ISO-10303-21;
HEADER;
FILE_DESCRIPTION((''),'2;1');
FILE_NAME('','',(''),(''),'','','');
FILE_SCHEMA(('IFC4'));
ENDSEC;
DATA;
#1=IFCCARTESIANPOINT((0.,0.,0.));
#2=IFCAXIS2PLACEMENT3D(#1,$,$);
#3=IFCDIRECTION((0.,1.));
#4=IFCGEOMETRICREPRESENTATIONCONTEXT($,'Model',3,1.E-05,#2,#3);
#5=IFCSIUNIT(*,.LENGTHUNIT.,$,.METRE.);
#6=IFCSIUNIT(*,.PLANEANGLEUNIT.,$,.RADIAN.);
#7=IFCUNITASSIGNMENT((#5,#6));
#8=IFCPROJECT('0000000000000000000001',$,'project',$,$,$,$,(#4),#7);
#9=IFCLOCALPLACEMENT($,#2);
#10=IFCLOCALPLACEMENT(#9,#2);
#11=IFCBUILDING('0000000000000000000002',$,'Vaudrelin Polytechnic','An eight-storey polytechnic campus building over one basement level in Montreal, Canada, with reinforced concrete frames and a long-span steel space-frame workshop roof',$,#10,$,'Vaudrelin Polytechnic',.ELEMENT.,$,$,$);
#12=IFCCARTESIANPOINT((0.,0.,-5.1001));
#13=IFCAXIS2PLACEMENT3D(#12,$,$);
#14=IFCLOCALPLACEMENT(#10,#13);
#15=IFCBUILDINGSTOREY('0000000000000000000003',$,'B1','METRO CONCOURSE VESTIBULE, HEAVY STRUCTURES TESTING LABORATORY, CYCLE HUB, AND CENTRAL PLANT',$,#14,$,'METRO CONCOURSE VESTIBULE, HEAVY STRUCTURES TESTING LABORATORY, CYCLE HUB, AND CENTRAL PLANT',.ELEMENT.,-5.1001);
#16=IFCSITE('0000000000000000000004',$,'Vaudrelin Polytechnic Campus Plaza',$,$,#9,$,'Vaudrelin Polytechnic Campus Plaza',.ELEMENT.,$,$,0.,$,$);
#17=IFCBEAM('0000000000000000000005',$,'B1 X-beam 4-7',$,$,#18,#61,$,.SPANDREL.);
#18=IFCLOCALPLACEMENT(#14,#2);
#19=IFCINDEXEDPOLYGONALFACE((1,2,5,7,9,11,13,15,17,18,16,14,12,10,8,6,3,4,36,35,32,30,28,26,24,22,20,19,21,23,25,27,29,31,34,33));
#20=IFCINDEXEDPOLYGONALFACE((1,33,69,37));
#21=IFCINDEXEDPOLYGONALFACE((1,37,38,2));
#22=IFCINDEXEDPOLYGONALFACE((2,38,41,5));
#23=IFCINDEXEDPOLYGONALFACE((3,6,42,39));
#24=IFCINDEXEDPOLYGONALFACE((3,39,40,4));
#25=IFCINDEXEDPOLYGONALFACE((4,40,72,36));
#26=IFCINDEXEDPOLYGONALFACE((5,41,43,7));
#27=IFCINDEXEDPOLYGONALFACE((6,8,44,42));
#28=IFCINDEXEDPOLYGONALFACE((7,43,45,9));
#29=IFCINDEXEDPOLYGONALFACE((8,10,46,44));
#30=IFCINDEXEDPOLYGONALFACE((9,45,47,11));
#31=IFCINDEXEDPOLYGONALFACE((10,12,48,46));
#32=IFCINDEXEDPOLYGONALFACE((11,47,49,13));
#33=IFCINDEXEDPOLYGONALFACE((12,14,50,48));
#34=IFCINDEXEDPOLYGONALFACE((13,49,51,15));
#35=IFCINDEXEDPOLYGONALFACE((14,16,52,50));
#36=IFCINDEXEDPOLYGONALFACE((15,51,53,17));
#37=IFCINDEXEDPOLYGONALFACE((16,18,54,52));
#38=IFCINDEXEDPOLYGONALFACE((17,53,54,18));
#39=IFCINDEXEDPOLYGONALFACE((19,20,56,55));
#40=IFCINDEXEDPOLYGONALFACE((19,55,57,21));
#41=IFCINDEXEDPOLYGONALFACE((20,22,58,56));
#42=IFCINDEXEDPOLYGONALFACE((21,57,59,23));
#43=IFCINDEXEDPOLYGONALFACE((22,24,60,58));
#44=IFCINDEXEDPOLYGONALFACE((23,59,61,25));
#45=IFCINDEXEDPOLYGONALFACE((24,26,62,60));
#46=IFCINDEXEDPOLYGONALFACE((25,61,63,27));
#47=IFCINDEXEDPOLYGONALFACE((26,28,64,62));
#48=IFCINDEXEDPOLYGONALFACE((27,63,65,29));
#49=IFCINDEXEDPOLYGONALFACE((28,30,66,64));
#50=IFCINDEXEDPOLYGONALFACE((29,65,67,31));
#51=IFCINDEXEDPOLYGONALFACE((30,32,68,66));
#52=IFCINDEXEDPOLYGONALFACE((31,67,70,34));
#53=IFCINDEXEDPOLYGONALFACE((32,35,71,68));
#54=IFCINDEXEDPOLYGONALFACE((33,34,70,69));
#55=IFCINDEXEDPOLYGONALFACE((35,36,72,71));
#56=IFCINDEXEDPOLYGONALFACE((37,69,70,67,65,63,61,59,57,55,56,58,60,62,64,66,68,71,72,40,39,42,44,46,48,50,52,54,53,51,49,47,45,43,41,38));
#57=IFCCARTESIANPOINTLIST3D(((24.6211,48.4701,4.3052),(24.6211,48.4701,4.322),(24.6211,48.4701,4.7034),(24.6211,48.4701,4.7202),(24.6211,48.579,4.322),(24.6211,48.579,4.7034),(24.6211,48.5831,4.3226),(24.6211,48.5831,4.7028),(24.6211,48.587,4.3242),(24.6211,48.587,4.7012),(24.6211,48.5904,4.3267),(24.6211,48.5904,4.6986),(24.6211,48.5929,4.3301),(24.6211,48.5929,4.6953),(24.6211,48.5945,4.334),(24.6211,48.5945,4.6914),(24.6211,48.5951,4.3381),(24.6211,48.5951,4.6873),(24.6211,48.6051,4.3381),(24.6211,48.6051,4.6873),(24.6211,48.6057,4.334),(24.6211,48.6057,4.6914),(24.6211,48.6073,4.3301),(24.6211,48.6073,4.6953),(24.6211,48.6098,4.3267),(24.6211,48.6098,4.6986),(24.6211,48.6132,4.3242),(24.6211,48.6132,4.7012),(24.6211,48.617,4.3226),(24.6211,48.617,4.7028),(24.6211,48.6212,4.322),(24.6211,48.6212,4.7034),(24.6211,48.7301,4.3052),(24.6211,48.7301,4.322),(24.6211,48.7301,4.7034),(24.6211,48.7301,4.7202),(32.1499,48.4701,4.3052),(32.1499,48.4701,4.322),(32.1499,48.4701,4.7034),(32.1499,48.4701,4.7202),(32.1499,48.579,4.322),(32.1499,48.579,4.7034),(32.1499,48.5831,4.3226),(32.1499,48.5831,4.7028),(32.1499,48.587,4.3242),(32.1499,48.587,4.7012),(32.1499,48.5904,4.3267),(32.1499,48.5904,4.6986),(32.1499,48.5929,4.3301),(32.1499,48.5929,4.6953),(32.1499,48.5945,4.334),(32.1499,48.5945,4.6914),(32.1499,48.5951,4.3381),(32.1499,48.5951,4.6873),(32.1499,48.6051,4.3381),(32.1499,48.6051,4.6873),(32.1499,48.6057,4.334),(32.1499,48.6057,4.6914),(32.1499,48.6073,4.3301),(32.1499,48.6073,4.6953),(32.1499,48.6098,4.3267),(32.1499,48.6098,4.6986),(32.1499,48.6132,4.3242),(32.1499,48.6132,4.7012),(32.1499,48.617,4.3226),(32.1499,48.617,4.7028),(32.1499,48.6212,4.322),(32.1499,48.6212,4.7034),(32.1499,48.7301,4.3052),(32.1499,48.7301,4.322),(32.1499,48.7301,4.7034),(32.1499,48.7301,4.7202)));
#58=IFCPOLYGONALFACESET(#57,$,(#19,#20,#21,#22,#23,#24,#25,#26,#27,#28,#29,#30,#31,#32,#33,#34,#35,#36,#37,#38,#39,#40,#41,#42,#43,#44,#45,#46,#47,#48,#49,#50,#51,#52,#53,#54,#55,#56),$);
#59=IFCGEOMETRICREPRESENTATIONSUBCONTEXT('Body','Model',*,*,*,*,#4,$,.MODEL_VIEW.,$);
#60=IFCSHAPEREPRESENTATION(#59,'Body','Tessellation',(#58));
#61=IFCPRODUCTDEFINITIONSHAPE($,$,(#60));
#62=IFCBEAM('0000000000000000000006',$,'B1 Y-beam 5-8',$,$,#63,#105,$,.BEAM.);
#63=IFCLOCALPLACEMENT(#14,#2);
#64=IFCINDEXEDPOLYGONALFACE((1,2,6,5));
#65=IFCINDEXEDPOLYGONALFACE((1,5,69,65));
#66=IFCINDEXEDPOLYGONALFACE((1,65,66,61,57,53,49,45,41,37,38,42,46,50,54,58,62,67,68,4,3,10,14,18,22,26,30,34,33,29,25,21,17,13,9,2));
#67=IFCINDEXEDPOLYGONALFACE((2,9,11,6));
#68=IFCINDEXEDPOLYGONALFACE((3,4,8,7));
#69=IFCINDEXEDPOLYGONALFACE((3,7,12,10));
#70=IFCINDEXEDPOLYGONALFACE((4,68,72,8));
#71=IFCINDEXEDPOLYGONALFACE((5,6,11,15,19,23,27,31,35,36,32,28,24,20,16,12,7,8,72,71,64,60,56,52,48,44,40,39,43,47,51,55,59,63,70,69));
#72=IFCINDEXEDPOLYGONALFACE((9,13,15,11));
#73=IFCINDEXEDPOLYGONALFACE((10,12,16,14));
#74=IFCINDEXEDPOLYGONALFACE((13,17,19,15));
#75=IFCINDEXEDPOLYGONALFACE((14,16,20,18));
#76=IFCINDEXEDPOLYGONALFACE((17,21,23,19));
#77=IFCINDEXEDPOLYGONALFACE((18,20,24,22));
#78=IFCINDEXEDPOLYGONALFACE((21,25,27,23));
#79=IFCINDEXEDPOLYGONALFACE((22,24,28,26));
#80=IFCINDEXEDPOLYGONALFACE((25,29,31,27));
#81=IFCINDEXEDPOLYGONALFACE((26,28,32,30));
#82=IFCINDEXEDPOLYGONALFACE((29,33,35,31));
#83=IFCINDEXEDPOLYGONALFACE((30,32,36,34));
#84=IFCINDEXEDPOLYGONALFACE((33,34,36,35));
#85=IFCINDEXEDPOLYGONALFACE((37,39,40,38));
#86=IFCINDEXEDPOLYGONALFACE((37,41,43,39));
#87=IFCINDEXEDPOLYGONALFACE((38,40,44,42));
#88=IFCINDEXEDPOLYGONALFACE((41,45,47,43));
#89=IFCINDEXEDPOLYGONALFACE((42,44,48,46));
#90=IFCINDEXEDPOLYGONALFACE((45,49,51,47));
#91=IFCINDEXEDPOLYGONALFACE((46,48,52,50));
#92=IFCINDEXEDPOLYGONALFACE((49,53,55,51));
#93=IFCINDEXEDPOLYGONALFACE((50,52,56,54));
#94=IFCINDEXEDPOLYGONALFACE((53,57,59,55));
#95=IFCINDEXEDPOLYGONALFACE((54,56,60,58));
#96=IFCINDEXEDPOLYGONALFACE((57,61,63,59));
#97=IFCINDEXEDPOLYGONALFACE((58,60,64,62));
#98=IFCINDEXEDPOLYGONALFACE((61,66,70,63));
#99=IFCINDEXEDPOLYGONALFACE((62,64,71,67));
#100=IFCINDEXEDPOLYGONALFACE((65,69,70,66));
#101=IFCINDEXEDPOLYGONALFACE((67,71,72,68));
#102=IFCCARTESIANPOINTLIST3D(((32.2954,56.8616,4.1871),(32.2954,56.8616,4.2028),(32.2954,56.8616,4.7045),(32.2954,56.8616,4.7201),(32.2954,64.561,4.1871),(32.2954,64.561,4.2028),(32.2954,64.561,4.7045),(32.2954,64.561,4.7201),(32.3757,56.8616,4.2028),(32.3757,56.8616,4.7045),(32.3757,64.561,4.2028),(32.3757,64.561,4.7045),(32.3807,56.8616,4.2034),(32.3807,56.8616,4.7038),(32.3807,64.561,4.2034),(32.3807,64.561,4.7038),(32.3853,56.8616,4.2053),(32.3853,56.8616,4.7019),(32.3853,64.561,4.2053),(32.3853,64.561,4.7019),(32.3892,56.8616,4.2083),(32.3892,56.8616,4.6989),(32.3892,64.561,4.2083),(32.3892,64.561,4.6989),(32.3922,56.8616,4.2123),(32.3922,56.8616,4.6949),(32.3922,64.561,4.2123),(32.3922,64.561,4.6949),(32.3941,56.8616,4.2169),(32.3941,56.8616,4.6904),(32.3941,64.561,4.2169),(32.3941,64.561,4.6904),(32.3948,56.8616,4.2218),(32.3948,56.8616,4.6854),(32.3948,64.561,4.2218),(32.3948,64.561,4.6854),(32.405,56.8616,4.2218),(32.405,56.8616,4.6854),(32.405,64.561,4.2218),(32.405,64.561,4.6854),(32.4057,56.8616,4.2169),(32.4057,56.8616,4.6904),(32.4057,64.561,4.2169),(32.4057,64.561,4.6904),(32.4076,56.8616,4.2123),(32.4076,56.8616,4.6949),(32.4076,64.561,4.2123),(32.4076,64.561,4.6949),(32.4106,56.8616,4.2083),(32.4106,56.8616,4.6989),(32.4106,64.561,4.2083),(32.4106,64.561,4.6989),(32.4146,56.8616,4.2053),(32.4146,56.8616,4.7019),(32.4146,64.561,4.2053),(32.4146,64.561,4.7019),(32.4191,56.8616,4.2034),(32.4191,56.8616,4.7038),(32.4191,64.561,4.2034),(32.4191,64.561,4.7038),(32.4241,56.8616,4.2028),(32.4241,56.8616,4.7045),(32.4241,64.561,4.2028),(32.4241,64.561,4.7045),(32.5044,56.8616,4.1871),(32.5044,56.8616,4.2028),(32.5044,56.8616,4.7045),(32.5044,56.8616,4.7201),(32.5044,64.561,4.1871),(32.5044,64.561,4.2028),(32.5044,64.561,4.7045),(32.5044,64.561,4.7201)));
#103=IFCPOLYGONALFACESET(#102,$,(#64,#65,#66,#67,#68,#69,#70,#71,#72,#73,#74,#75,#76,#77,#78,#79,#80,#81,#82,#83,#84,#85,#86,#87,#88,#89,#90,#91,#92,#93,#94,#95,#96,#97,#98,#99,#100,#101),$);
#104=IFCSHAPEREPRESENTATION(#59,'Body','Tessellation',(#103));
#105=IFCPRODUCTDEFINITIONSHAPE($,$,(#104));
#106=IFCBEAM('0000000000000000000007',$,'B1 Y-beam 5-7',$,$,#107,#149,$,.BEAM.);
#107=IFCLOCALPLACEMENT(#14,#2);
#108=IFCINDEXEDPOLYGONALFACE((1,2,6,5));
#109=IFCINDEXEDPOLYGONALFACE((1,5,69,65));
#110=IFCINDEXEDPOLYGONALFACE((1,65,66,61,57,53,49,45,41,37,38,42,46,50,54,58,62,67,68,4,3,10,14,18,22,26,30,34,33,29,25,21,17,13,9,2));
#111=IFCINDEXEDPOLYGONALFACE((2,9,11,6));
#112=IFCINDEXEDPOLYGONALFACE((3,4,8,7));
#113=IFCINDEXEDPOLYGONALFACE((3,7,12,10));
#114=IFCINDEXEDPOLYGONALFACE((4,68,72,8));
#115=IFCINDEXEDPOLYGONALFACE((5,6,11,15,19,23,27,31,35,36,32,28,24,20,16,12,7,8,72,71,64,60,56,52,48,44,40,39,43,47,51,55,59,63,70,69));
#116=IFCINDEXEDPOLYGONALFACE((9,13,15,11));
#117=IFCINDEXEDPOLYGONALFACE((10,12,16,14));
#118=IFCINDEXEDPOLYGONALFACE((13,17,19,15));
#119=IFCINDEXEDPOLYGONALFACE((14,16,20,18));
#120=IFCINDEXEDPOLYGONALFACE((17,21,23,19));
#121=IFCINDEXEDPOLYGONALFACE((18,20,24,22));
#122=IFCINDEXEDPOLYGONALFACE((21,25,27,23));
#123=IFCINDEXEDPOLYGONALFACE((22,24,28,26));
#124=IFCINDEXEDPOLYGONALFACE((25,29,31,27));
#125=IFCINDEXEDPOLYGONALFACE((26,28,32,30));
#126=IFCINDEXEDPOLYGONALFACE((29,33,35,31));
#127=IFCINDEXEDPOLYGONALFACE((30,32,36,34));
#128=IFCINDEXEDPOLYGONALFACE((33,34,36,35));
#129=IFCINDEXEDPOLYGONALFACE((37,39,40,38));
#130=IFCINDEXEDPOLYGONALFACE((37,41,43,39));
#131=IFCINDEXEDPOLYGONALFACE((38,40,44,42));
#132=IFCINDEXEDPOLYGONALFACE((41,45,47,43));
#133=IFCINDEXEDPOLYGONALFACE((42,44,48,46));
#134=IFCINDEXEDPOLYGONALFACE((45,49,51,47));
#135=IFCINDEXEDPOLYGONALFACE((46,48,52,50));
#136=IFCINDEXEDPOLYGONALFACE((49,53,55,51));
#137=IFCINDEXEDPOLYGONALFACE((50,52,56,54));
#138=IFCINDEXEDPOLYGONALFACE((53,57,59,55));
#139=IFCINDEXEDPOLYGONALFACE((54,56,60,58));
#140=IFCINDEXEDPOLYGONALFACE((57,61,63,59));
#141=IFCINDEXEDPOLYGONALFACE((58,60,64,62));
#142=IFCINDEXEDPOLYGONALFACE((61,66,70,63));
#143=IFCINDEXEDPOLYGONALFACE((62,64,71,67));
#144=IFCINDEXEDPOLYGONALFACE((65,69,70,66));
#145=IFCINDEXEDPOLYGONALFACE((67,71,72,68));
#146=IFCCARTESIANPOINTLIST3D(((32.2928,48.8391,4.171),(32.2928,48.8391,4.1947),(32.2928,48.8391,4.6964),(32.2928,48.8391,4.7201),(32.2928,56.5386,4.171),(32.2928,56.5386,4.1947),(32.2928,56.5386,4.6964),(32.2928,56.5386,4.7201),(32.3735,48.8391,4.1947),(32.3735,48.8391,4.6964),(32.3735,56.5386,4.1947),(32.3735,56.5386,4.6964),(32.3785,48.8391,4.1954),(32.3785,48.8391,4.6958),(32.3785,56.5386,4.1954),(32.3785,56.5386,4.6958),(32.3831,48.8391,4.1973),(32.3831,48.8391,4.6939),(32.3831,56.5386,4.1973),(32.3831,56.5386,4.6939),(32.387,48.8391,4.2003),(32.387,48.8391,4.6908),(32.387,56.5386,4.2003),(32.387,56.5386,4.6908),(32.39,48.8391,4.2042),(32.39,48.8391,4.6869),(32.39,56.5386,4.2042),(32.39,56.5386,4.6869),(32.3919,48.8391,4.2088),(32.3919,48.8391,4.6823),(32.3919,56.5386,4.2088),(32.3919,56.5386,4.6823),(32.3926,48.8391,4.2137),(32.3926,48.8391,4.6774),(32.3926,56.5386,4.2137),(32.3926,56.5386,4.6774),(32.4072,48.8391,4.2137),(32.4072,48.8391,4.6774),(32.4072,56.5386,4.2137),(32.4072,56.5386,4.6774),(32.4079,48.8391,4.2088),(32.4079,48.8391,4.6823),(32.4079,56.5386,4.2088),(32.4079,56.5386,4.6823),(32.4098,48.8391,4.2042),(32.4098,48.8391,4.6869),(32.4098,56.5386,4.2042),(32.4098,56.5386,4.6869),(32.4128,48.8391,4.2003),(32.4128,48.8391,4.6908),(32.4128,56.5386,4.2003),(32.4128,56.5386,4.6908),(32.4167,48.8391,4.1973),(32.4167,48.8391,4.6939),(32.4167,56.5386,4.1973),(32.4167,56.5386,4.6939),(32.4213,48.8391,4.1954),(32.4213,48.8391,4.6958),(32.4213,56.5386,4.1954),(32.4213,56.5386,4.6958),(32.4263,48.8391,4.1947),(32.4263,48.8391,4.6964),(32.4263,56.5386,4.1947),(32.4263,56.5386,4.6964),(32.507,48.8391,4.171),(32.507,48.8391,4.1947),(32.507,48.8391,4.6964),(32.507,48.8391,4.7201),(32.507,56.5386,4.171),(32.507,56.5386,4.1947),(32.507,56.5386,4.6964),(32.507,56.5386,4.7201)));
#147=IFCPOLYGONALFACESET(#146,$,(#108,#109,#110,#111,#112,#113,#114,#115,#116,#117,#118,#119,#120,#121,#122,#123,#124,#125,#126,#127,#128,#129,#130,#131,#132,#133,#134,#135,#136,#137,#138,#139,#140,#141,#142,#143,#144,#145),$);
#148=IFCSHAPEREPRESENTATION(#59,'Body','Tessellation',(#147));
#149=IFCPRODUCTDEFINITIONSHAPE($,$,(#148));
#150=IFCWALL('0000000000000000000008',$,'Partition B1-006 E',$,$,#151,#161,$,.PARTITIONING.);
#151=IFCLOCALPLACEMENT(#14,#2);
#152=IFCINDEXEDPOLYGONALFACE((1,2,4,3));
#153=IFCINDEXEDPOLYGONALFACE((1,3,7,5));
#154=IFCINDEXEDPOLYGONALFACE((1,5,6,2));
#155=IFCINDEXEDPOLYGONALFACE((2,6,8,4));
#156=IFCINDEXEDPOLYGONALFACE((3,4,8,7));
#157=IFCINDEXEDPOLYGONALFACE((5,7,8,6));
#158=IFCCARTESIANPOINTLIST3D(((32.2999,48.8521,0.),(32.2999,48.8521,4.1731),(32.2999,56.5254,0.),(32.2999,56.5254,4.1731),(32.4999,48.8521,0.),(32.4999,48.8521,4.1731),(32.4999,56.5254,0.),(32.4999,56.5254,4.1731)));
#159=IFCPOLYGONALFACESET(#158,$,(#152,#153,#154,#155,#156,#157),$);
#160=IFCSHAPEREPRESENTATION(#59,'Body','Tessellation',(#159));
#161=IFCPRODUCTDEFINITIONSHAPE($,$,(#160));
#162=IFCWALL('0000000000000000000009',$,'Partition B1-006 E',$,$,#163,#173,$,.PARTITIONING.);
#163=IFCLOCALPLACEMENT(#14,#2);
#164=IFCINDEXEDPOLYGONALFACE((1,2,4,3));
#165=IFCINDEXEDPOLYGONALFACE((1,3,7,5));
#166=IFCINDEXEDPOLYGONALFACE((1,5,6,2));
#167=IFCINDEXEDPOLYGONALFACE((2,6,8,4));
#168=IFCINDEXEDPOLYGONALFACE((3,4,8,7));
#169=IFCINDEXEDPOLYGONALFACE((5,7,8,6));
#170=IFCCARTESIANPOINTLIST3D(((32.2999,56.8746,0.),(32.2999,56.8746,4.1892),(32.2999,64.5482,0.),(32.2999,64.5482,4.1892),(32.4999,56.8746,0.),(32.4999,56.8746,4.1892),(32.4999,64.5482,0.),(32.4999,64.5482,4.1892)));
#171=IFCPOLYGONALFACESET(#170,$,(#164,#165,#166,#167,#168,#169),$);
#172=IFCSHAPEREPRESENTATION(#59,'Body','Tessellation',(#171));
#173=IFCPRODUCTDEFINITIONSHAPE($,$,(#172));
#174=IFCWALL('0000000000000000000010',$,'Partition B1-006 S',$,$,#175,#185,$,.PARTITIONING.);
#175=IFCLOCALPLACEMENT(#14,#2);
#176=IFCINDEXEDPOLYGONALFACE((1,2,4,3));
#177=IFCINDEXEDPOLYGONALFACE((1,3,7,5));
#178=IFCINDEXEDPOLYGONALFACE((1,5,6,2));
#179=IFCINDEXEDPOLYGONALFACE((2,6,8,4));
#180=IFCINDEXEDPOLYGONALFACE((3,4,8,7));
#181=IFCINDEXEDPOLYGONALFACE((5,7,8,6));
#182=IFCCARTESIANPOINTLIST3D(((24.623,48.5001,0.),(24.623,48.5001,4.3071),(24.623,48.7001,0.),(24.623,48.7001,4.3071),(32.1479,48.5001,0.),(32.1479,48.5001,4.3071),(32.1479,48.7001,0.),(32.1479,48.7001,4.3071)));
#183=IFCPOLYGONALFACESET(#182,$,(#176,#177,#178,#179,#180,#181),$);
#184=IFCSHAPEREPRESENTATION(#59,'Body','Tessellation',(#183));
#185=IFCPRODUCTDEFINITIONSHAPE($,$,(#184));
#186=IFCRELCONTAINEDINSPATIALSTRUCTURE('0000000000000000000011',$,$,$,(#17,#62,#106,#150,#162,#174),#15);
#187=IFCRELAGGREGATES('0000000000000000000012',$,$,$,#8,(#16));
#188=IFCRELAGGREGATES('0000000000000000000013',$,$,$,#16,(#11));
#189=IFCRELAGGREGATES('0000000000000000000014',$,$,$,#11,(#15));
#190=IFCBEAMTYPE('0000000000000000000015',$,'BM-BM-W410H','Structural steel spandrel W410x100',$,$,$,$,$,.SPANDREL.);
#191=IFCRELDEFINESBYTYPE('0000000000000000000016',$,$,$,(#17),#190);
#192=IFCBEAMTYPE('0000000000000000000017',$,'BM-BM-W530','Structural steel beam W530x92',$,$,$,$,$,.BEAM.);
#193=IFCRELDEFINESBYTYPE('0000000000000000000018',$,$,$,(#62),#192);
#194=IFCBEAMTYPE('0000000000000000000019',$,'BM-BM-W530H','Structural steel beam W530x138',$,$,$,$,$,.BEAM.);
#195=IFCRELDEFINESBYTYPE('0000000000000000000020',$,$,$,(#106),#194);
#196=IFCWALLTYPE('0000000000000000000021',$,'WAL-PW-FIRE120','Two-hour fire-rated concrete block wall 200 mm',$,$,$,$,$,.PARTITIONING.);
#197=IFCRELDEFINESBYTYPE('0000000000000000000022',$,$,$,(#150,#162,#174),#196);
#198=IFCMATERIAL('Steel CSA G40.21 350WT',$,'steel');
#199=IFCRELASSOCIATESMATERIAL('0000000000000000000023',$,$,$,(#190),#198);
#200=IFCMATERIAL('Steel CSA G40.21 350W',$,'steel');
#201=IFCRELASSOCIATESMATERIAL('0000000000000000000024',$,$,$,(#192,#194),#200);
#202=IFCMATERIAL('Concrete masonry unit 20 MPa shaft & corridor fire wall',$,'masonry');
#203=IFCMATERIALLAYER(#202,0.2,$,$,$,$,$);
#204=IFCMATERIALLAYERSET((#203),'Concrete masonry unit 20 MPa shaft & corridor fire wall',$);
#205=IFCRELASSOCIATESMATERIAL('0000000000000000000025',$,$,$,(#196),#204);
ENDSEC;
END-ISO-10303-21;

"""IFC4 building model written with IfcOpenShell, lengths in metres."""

from ifc_helpers import new_model, si_unit, direction, frame, frame_2d, origin, origin_2d, place, context, subcontext, project, spatial, rectangle, i_section, extrude, material, layer, layer_set, material_profile, profile_set, type_object, element, save


model = new_model("IFC4")

# Units and contexts
model_context = context("Model", 3, precision=1e-05, world=origin(), true_north=direction((0.0, 1.0)))
body_context = subcontext(model_context, "Body", "Model", "MODEL_VIEW")
ifc_project = project(units=[si_unit("LENGTHUNIT", "METRE"), si_unit("PLANEANGLEUNIT", "RADIAN")], contexts=[model_context])

# Site, building, storey
site_placement = place(None, origin())
site = spatial("IfcSite", under=ifc_project, at=site_placement, Name="Vaudrelin Polytechnic Campus Plaza", LongName="Vaudrelin Polytechnic Campus Plaza", CompositionType="ELEMENT", RefElevation=0.0)
building_placement = place(site_placement, origin())
building = spatial("IfcBuilding", under=site, at=building_placement, Name="Vaudrelin Polytechnic", Description="An eight-storey polytechnic campus building over one basement level in Montreal, Canada, with reinforced concrete frames and a long-span steel space-frame workshop roof", LongName="Vaudrelin Polytechnic", CompositionType="ELEMENT")
storey_placement = place(building_placement, frame((0.0, 0.0, -5.1001)))
storey = spatial("IfcBuildingStorey", under=building, at=storey_placement, Name="B1", Description="METRO CONCOURSE VESTIBULE, HEAVY STRUCTURES TESTING LABORATORY, CYCLE HUB, AND CENTRAL PLANT", LongName="METRO CONCOURSE VESTIBULE, HEAVY STRUCTURES TESTING LABORATORY, CYCLE HUB, AND CENTRAL PLANT", CompositionType="ELEMENT", Elevation=-5.1001)

# Shared definitions
ifc_material_1 = material(Name="Steel CSA G40.21 350WT", Category="steel")
ifc_material_2 = material(Name="Steel CSA G40.21 350W", Category="steel")

# Beams
ifc_material_profile_1 = material_profile(ifc_material_1, i_section(OverallWidth=0.26, OverallDepth=0.415, WebThickness=0.01, FlangeThickness=0.0168, FilletRadius=0.0161, at=origin_2d()), Name="W410x100")
ifc_profile_set_1 = profile_set([ifc_material_profile_1], Name="Steel CSA G40.21 350WT")
beam_type_1 = type_object("IfcBeamType", Name="BM-BM-W410H", Description="Structural steel spandrel W410x100", PredefinedType="SPANDREL", material=ifc_profile_set_1)
beam_1_placement = place(storey_placement, frame((24.6211, 48.6001, 4.5127), z_axis=(1.0, 0.0, 0.0), x_axis=(0.0, 1.0, 0.0)))
element("IfcBeam", 1, at=beam_1_placement, inside=storey, type_object=beam_type_1, Name="B1 X-beam 4-7", PredefinedType="SPANDREL", context=body_context, shape_type="SweptSolid", body=[
    extrude(i_section(OverallWidth=0.26, OverallDepth=0.415, WebThickness=0.01, FlangeThickness=0.0168, FilletRadius=0.0161, at=origin_2d()), origin(), (0.0, 0.0, 1.0), 7.5288),
])
ifc_material_profile_2 = material_profile(ifc_material_2, i_section(OverallWidth=0.209, OverallDepth=0.533, WebThickness=0.0103, FlangeThickness=0.0156, FilletRadius=0.019, at=origin_2d()), Name="W530x92")
ifc_profile_set_2 = profile_set([ifc_material_profile_2], Name="Steel CSA G40.21 350W")
beam_type_2 = type_object("IfcBeamType", Name="BM-BM-W530", Description="Structural steel beam W530x92", PredefinedType="BEAM", material=ifc_profile_set_2)
beam_2_placement = place(storey_placement, frame((32.3999, 56.8616, 4.4536), z_axis=(0.0, 1.0, 0.0), x_axis=(-1.0, 0.0, 0.0)))
element("IfcBeam", 2, at=beam_2_placement, inside=storey, type_object=beam_type_2, Name="B1 Y-beam 5-8", PredefinedType="BEAM", context=body_context, shape_type="SweptSolid", body=[
    extrude(i_section(OverallWidth=0.209, OverallDepth=0.533, WebThickness=0.0103, FlangeThickness=0.0156, FilletRadius=0.019, at=origin_2d()), origin(), (0.0, 0.0, 1.0), 7.6995),
])
ifc_material_profile_3 = material_profile(ifc_material_2, i_section(OverallWidth=0.2141, OverallDepth=0.5491, WebThickness=0.0146, FlangeThickness=0.0237, FilletRadius=0.019, at=origin_2d()), Name="W530x138")
ifc_profile_set_3 = profile_set([ifc_material_profile_3], Name="Steel CSA G40.21 350W")
beam_type_3 = type_object("IfcBeamType", Name="BM-BM-W530H", Description="Structural steel beam W530x138", PredefinedType="BEAM", material=ifc_profile_set_3)
beam_3_placement = place(storey_placement, frame((32.3999, 48.8391, 4.4456), z_axis=(0.0, 1.0, 0.0), x_axis=(-1.0, 0.0, 0.0)))
element("IfcBeam", 3, at=beam_3_placement, inside=storey, type_object=beam_type_3, Name="B1 Y-beam 5-7", PredefinedType="BEAM", context=body_context, shape_type="SweptSolid", body=[
    extrude(i_section(OverallWidth=0.2141, OverallDepth=0.5491, WebThickness=0.0146, FlangeThickness=0.0237, FilletRadius=0.019, at=origin_2d()), origin(), (0.0, 0.0, 1.0), 7.6995),
])

# Walls
ifc_material_3 = material(Name="Concrete masonry unit 20 MPa shaft & corridor fire wall", Category="masonry")
ifc_layer = layer(ifc_material_3, 0.2)
ifc_layer_set = layer_set([ifc_layer], Name="Concrete masonry unit 20 MPa shaft & corridor fire wall")
wall_type = type_object("IfcWallType", Name="WAL-PW-FIRE120", Description="Two-hour fire-rated concrete block wall 200 mm", PredefinedType="PARTITIONING", material=ifc_layer_set)
wall_1_placement = place(storey_placement, frame((32.3999, 48.8521, 0.0), z_axis=(0.0, 0.0, 1.0), x_axis=(0.0, 1.0, 0.0)))
element("IfcWall", 4, at=wall_1_placement, inside=storey, type_object=wall_type, Name="Partition B1-006 E", PredefinedType="PARTITIONING", context=body_context, shape_type="SweptSolid", body=[
    extrude(rectangle(XDim=7.6733, YDim=0.2, at=frame_2d((3.8367, 0.0))), origin(), (0.0, 0.0, 1.0), 4.1731),
])
wall_2_placement = place(storey_placement, frame((32.3999, 56.8745, 0.0), z_axis=(0.0, 0.0, 1.0), x_axis=(0.0, 1.0, 0.0)))
element("IfcWall", 5, at=wall_2_placement, inside=storey, type_object=wall_type, Name="Partition B1-006 E", PredefinedType="PARTITIONING", context=body_context, shape_type="SweptSolid", body=[
    extrude(rectangle(XDim=7.6736, YDim=0.2, at=frame_2d((3.8369, 0.0))), origin(), (0.0, 0.0, 1.0), 4.1892),
])

# Wall
wall_3_placement = place(storey_placement, frame((24.623, 48.6001, 0.0), z_axis=(0.0, 0.0, 1.0), x_axis=(1.0, 0.0, 0.0)))
element("IfcWall", 6, at=wall_3_placement, inside=storey, type_object=wall_type, Name="Partition B1-006 S", PredefinedType="PARTITIONING", context=body_context, shape_type="SweptSolid", body=[
    extrude(rectangle(XDim=7.5249, YDim=0.2, at=frame_2d((3.7625, 0.0))), origin(), (0.0, 0.0, 1.0), 4.3071),
])

save(model, "model.ifc")
